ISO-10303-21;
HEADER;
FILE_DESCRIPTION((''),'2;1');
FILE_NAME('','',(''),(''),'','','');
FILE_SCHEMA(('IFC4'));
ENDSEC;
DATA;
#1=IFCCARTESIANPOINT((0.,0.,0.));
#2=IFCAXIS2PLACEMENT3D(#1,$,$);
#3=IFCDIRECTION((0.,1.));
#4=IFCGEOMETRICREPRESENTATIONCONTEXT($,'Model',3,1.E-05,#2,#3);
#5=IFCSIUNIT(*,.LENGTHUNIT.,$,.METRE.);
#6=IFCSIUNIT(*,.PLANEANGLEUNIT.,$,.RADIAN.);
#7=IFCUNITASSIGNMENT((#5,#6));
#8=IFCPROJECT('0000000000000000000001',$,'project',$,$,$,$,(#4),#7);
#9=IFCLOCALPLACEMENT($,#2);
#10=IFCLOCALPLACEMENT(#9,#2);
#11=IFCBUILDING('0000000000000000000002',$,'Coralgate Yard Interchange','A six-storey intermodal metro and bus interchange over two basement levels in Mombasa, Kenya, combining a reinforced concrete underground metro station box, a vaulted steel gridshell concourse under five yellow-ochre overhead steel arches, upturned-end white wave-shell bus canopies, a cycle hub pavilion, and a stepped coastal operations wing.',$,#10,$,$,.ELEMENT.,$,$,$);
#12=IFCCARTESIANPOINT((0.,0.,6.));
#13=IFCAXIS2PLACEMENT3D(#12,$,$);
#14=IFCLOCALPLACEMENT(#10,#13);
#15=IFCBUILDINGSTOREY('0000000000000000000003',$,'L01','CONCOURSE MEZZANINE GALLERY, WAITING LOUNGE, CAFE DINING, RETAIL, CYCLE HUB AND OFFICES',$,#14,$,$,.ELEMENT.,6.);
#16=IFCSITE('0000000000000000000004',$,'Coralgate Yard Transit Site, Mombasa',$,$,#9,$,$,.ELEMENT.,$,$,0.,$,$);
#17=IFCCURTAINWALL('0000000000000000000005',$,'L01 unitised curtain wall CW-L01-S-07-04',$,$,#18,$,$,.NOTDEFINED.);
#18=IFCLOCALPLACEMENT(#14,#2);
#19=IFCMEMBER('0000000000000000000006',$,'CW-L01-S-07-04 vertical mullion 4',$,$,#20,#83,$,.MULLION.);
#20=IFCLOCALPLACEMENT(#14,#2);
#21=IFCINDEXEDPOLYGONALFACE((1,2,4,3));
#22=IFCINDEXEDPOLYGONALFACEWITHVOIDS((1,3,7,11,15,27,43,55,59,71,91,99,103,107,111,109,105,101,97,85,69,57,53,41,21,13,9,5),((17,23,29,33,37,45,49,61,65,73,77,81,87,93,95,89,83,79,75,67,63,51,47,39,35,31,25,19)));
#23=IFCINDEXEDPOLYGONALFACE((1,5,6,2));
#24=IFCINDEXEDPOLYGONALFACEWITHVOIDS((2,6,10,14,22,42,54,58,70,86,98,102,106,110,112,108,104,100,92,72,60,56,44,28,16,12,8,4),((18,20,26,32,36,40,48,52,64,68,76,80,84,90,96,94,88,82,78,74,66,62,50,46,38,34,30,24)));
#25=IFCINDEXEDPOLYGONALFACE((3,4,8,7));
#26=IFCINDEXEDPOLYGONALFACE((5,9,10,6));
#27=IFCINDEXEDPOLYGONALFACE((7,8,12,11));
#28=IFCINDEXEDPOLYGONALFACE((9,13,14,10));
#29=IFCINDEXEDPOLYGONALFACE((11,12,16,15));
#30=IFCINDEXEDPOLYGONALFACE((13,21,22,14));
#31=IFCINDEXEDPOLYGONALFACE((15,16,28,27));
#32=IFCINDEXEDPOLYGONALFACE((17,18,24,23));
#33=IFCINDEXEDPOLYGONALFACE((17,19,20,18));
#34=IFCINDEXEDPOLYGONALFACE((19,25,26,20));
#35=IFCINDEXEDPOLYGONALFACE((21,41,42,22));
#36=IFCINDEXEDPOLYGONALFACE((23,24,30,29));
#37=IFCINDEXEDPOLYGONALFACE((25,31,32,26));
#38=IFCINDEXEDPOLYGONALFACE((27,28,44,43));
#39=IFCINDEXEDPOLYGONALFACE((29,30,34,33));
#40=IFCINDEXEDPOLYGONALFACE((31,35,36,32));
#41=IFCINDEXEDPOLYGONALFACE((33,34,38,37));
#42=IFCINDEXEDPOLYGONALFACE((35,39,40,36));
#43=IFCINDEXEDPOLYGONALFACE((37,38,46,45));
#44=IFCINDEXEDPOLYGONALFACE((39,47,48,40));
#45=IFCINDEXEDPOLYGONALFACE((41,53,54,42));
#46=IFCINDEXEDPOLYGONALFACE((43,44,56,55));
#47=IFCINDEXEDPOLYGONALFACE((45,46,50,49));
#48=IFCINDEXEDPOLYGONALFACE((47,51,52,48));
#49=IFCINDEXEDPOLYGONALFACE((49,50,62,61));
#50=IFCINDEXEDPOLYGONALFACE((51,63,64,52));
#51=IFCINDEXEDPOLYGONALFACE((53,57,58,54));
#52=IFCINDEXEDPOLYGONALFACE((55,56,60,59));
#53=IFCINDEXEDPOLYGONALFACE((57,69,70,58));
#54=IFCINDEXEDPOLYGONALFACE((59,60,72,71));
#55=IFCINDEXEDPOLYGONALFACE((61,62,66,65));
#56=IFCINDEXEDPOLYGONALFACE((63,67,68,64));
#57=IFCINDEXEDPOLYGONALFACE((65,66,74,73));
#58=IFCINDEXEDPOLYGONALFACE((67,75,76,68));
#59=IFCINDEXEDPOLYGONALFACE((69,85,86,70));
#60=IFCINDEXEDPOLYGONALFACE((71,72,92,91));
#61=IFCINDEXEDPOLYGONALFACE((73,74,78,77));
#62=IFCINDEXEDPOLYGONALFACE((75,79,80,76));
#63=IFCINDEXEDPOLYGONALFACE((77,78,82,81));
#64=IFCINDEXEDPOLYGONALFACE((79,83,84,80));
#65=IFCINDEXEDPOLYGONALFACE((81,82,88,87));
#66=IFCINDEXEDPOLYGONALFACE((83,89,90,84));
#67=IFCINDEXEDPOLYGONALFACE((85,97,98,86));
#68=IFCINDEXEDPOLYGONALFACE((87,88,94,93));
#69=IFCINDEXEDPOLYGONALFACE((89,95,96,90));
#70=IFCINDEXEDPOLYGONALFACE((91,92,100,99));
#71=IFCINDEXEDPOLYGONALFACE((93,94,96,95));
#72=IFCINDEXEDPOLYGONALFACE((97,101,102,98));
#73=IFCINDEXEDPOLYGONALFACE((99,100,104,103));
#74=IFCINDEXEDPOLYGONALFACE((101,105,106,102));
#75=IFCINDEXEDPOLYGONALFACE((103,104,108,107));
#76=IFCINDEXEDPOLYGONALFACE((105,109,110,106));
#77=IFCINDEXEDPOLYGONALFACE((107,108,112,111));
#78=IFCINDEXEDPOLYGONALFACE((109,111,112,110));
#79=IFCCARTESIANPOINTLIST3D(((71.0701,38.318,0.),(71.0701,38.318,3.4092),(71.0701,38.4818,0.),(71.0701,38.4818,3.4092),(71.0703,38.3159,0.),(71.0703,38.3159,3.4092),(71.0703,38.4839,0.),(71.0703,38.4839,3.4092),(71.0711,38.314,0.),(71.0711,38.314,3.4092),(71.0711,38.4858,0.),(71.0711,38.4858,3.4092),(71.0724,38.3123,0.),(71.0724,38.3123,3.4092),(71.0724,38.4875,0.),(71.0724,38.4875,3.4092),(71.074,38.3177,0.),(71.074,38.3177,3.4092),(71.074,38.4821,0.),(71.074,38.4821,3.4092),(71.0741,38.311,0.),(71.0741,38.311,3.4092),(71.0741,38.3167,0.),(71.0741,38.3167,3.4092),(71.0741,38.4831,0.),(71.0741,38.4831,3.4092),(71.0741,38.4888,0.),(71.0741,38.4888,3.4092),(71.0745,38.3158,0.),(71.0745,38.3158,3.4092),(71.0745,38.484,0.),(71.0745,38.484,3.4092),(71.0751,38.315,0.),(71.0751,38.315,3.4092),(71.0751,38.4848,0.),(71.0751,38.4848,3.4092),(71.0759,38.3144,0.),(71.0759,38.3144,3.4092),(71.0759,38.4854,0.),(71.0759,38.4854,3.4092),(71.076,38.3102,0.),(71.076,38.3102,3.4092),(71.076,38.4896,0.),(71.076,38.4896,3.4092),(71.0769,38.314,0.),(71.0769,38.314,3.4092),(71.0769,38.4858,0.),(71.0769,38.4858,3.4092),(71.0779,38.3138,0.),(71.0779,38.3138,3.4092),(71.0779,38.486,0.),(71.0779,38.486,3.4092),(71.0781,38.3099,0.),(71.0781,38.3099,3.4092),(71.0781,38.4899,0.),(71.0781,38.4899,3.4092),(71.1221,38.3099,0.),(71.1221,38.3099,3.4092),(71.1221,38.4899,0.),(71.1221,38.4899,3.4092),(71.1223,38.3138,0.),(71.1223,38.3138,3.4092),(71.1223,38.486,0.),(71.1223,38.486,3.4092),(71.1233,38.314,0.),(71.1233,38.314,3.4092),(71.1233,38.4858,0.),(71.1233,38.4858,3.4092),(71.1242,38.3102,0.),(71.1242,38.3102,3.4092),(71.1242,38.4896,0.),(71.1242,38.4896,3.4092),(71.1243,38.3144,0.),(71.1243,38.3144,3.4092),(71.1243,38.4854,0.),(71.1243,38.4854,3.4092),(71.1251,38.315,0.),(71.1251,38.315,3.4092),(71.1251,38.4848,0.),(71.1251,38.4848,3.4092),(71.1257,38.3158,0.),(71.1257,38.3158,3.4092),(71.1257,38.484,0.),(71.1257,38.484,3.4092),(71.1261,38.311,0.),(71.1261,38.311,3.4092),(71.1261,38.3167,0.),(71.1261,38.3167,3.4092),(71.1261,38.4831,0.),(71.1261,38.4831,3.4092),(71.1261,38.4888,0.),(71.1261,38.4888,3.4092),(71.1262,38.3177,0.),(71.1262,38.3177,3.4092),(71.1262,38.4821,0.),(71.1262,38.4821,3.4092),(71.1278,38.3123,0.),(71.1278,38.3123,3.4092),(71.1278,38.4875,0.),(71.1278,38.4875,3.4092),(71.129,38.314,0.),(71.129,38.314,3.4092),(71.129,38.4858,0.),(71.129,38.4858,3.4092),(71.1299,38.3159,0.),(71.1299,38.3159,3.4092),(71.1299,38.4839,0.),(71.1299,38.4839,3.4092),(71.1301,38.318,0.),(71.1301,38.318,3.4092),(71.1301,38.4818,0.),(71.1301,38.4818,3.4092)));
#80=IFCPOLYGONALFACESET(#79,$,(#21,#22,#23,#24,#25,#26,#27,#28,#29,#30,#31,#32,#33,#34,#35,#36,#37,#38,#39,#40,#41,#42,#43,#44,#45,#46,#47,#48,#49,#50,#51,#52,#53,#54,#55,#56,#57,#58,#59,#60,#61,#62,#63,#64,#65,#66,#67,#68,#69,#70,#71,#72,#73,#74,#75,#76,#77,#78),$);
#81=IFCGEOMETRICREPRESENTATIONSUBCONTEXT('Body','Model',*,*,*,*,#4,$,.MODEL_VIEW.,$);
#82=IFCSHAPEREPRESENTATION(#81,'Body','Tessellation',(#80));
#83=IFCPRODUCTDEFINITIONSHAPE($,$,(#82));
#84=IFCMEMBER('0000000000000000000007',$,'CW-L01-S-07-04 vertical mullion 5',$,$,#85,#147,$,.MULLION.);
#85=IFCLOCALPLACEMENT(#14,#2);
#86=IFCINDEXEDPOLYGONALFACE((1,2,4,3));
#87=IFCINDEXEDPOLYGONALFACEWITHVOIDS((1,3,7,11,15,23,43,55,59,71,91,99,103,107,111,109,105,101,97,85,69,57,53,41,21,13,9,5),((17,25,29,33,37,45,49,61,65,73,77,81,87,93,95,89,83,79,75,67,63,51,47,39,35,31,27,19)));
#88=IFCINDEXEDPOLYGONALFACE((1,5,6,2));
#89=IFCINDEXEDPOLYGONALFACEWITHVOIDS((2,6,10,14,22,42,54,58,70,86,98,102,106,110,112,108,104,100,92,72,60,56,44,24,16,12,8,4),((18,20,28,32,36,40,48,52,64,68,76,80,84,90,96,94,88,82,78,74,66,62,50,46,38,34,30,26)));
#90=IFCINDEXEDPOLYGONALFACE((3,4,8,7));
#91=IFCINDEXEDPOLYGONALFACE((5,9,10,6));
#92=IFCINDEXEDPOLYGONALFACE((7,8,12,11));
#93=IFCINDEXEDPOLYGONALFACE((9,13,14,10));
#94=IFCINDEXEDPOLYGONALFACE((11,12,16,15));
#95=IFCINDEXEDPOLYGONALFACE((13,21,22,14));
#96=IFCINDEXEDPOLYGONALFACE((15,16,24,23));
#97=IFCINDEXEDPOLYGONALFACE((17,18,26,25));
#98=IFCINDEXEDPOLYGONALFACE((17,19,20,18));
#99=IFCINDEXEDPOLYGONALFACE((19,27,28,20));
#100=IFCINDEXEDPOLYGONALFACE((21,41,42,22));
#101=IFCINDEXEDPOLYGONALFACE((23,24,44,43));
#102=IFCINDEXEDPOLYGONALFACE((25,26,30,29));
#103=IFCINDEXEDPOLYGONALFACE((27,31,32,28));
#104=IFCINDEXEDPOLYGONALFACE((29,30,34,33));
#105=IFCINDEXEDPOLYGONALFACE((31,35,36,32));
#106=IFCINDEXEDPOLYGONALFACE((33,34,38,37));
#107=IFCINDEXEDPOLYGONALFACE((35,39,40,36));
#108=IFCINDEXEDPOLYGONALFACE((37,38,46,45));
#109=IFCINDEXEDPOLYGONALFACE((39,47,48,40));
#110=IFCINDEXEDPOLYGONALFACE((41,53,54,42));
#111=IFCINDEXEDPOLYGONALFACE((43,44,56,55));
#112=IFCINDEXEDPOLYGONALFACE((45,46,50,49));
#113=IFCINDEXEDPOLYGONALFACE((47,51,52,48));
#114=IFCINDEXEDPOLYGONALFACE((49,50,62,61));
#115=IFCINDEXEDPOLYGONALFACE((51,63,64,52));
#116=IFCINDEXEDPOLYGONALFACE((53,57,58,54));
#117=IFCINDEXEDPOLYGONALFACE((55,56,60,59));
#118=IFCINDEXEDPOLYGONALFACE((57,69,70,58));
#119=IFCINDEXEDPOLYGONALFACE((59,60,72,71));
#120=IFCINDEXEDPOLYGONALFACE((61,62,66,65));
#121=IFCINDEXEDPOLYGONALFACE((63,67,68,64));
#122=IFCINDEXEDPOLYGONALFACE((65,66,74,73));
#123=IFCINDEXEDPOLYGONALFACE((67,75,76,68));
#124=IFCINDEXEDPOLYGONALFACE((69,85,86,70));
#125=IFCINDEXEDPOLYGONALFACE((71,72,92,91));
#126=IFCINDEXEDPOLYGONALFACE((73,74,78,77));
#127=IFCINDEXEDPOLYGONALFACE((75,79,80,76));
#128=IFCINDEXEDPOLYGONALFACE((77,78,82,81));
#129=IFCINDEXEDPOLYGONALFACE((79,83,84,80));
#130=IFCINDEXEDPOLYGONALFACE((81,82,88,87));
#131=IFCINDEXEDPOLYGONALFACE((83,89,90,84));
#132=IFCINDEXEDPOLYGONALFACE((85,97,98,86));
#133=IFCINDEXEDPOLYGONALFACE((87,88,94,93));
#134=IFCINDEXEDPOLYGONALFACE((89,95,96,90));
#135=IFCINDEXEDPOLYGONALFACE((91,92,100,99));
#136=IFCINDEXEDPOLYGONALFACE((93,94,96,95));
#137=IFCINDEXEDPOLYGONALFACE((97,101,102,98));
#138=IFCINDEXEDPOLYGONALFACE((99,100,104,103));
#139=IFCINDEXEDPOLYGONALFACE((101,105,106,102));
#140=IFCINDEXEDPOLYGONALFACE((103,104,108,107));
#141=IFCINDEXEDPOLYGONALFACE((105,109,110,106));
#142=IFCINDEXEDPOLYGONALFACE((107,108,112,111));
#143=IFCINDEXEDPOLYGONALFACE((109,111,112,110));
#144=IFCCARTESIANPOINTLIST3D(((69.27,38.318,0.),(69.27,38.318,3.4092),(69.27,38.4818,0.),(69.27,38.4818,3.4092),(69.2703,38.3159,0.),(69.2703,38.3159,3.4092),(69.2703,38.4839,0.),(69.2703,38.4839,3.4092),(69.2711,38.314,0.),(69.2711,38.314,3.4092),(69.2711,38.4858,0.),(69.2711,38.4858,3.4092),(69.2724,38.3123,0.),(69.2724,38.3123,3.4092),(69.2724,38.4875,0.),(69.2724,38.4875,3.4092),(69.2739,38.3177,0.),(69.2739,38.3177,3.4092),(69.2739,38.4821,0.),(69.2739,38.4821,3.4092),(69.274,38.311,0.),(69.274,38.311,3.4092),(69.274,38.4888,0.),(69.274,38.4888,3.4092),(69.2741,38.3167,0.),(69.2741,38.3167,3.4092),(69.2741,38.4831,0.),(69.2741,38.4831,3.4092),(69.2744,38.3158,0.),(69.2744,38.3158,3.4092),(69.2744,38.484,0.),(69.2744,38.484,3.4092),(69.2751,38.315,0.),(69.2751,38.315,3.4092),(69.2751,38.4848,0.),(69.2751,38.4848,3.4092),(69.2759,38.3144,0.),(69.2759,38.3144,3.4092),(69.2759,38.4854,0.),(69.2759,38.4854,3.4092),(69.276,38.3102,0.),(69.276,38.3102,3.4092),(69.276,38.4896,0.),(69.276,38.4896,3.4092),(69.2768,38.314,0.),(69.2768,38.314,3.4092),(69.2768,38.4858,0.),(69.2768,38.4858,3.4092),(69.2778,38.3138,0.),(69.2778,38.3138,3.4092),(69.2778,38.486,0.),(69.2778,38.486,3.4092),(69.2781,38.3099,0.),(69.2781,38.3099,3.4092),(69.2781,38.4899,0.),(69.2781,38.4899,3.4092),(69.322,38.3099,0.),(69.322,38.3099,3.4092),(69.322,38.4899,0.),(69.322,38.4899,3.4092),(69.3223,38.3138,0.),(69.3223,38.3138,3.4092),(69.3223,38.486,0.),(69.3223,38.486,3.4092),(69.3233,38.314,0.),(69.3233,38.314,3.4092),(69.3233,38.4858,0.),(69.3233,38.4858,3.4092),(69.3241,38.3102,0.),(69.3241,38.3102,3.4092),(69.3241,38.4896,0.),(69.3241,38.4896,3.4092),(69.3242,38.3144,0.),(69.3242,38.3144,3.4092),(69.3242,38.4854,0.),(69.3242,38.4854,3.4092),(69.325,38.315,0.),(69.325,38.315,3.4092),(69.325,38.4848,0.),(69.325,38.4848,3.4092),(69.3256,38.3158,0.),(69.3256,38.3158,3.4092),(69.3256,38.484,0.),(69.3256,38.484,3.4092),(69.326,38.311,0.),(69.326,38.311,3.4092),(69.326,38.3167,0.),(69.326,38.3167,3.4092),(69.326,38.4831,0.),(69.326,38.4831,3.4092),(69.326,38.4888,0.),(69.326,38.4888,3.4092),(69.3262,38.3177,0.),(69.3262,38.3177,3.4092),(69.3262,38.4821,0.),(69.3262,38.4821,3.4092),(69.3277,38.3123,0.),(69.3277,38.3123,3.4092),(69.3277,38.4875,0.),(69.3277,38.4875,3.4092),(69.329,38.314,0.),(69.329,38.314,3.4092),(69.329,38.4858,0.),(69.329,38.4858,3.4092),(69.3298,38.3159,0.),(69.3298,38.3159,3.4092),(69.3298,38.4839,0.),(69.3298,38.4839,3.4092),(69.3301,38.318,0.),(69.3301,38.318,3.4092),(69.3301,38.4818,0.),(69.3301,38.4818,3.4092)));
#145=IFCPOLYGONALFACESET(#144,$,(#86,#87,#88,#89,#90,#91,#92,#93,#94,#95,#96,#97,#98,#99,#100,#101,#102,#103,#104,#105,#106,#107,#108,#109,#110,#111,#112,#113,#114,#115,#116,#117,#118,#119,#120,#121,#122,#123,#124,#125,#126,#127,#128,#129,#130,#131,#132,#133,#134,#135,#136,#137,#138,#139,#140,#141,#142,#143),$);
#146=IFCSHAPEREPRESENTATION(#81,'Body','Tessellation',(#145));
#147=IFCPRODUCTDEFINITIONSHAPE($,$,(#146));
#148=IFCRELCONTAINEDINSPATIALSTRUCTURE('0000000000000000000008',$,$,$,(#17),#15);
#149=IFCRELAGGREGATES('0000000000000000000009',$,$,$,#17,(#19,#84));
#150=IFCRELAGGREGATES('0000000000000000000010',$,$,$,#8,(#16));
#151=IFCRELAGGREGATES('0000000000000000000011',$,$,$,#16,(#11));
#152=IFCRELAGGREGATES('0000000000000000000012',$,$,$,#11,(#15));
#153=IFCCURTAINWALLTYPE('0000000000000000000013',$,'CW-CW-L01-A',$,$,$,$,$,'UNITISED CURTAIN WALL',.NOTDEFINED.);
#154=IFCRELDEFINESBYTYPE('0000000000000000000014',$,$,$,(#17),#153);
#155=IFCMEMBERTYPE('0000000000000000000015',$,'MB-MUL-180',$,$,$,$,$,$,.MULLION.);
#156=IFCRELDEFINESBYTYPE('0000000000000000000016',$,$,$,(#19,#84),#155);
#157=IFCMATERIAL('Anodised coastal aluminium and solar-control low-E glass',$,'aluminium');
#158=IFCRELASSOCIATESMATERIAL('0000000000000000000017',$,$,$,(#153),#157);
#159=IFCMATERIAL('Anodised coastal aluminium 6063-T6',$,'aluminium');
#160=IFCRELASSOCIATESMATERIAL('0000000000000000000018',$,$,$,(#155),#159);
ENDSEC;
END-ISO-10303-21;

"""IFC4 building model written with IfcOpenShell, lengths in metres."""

from ifc_helpers import new_model, si_unit, direction, frame, origin, origin_2d, place, context, subcontext, project, spatial, hollow_rectangle, extrude, material, material_profile, profile_set, type_object, element, aggregate, save


model = new_model("IFC4")

# Units and contexts
model_context = context("Model", 3, precision=1e-05, world=origin(), true_north=direction((0.0, 1.0)))
body_context = subcontext(model_context, "Body", "Model", "MODEL_VIEW")
ifc_project = project(units=[si_unit("LENGTHUNIT", "METRE"), si_unit("PLANEANGLEUNIT", "RADIAN")], contexts=[model_context])

# Site, building, storey
site_placement = place(None, origin())
site = spatial("IfcSite", under=ifc_project, at=site_placement, Name="Coralgate Yard Transit Site, Mombasa", CompositionType="ELEMENT", RefElevation=0.0)
building_placement = place(site_placement, origin())
building = spatial("IfcBuilding", under=site, at=building_placement, Name="Coralgate Yard Interchange", Description="A six-storey intermodal metro and bus interchange over two basement levels in Mombasa, Kenya, combining a reinforced concrete underground metro station box, a vaulted steel gridshell concourse under five yellow-ochre overhead steel arches, upturned-end white wave-shell bus canopies, a cycle hub pavilion, and a stepped coastal operations wing.", CompositionType="ELEMENT")
storey_placement = place(building_placement, frame((0.0, 0.0, 6.0)))
storey = spatial("IfcBuildingStorey", under=building, at=storey_placement, Name="L01", Description="CONCOURSE MEZZANINE GALLERY, WAITING LOUNGE, CAFE DINING, RETAIL, CYCLE HUB AND OFFICES", CompositionType="ELEMENT", Elevation=6.0)

# Shared definitions
ifc_material_1 = material(Name="Anodised coastal aluminium and solar-control low-E glass", Category="aluminium")
curtain_wall_type = type_object("IfcCurtainWallType", Name="CW-CW-L01-A", ElementType="UNITISED CURTAIN WALL", PredefinedType="NOTDEFINED", material=ifc_material_1)
ifc_material_2 = material(Name="Anodised coastal aluminium 6063-T6", Category="aluminium")
ifc_material_profile_1 = material_profile(ifc_material_2, hollow_rectangle(XDim=0.0601, YDim=0.1799, WallThickness=0.0039, InnerFilletRadius=0.0039, OuterFilletRadius=0.0081, at=origin_2d()), Name="ALU 60x180x4")
ifc_profile_set_1 = profile_set([ifc_material_profile_1], Name="Anodised coastal aluminium 6063-T6")
member_type_1 = type_object("IfcMemberType", Name="MB-MUL-180", PredefinedType="MULLION", material=ifc_profile_set_1)

# Curtain wall, members
curtain_wall_1_placement = place(storey_placement, origin())
curtain_wall_1 = element("IfcCurtainWall", 1, at=curtain_wall_1_placement, inside=storey, type_object=curtain_wall_type, Name="L01 unitised curtain wall CW-L01-S-07-04", PredefinedType="NOTDEFINED")
member_1_placement = place(storey_placement, frame((71.1001, 38.3999, 0.0), z_axis=(0.0, 0.0, 1.0), x_axis=(1.0, 0.0, 0.0)))
member_1 = element("IfcMember", 2, at=member_1_placement, type_object=member_type_1, Name="CW-L01-S-07-04 vertical mullion 4", PredefinedType="MULLION", context=body_context, shape_type="SweptSolid", body=[
    extrude(hollow_rectangle(XDim=0.0601, YDim=0.1799, WallThickness=0.0039, InnerFilletRadius=0.0039, OuterFilletRadius=0.0081, at=origin_2d()), origin(), (0.0, 0.0, 1.0), 3.4092),
])
member_2_placement = place(storey_placement, frame((69.3, 38.3999, 0.0), z_axis=(0.0, 0.0, 1.0), x_axis=(1.0, 0.0, 0.0)))
member_2 = element("IfcMember", 3, at=member_2_placement, type_object=member_type_1, Name="CW-L01-S-07-04 vertical mullion 5", PredefinedType="MULLION", context=body_context, shape_type="SweptSolid", body=[
    extrude(hollow_rectangle(XDim=0.0601, YDim=0.1799, WallThickness=0.0039, InnerFilletRadius=0.0039, OuterFilletRadius=0.0081, at=origin_2d()), origin(), (0.0, 0.0, 1.0), 3.4092),
])

aggregate(curtain_wall_1, [member_1, member_2])

save(model, "model.ifc")
